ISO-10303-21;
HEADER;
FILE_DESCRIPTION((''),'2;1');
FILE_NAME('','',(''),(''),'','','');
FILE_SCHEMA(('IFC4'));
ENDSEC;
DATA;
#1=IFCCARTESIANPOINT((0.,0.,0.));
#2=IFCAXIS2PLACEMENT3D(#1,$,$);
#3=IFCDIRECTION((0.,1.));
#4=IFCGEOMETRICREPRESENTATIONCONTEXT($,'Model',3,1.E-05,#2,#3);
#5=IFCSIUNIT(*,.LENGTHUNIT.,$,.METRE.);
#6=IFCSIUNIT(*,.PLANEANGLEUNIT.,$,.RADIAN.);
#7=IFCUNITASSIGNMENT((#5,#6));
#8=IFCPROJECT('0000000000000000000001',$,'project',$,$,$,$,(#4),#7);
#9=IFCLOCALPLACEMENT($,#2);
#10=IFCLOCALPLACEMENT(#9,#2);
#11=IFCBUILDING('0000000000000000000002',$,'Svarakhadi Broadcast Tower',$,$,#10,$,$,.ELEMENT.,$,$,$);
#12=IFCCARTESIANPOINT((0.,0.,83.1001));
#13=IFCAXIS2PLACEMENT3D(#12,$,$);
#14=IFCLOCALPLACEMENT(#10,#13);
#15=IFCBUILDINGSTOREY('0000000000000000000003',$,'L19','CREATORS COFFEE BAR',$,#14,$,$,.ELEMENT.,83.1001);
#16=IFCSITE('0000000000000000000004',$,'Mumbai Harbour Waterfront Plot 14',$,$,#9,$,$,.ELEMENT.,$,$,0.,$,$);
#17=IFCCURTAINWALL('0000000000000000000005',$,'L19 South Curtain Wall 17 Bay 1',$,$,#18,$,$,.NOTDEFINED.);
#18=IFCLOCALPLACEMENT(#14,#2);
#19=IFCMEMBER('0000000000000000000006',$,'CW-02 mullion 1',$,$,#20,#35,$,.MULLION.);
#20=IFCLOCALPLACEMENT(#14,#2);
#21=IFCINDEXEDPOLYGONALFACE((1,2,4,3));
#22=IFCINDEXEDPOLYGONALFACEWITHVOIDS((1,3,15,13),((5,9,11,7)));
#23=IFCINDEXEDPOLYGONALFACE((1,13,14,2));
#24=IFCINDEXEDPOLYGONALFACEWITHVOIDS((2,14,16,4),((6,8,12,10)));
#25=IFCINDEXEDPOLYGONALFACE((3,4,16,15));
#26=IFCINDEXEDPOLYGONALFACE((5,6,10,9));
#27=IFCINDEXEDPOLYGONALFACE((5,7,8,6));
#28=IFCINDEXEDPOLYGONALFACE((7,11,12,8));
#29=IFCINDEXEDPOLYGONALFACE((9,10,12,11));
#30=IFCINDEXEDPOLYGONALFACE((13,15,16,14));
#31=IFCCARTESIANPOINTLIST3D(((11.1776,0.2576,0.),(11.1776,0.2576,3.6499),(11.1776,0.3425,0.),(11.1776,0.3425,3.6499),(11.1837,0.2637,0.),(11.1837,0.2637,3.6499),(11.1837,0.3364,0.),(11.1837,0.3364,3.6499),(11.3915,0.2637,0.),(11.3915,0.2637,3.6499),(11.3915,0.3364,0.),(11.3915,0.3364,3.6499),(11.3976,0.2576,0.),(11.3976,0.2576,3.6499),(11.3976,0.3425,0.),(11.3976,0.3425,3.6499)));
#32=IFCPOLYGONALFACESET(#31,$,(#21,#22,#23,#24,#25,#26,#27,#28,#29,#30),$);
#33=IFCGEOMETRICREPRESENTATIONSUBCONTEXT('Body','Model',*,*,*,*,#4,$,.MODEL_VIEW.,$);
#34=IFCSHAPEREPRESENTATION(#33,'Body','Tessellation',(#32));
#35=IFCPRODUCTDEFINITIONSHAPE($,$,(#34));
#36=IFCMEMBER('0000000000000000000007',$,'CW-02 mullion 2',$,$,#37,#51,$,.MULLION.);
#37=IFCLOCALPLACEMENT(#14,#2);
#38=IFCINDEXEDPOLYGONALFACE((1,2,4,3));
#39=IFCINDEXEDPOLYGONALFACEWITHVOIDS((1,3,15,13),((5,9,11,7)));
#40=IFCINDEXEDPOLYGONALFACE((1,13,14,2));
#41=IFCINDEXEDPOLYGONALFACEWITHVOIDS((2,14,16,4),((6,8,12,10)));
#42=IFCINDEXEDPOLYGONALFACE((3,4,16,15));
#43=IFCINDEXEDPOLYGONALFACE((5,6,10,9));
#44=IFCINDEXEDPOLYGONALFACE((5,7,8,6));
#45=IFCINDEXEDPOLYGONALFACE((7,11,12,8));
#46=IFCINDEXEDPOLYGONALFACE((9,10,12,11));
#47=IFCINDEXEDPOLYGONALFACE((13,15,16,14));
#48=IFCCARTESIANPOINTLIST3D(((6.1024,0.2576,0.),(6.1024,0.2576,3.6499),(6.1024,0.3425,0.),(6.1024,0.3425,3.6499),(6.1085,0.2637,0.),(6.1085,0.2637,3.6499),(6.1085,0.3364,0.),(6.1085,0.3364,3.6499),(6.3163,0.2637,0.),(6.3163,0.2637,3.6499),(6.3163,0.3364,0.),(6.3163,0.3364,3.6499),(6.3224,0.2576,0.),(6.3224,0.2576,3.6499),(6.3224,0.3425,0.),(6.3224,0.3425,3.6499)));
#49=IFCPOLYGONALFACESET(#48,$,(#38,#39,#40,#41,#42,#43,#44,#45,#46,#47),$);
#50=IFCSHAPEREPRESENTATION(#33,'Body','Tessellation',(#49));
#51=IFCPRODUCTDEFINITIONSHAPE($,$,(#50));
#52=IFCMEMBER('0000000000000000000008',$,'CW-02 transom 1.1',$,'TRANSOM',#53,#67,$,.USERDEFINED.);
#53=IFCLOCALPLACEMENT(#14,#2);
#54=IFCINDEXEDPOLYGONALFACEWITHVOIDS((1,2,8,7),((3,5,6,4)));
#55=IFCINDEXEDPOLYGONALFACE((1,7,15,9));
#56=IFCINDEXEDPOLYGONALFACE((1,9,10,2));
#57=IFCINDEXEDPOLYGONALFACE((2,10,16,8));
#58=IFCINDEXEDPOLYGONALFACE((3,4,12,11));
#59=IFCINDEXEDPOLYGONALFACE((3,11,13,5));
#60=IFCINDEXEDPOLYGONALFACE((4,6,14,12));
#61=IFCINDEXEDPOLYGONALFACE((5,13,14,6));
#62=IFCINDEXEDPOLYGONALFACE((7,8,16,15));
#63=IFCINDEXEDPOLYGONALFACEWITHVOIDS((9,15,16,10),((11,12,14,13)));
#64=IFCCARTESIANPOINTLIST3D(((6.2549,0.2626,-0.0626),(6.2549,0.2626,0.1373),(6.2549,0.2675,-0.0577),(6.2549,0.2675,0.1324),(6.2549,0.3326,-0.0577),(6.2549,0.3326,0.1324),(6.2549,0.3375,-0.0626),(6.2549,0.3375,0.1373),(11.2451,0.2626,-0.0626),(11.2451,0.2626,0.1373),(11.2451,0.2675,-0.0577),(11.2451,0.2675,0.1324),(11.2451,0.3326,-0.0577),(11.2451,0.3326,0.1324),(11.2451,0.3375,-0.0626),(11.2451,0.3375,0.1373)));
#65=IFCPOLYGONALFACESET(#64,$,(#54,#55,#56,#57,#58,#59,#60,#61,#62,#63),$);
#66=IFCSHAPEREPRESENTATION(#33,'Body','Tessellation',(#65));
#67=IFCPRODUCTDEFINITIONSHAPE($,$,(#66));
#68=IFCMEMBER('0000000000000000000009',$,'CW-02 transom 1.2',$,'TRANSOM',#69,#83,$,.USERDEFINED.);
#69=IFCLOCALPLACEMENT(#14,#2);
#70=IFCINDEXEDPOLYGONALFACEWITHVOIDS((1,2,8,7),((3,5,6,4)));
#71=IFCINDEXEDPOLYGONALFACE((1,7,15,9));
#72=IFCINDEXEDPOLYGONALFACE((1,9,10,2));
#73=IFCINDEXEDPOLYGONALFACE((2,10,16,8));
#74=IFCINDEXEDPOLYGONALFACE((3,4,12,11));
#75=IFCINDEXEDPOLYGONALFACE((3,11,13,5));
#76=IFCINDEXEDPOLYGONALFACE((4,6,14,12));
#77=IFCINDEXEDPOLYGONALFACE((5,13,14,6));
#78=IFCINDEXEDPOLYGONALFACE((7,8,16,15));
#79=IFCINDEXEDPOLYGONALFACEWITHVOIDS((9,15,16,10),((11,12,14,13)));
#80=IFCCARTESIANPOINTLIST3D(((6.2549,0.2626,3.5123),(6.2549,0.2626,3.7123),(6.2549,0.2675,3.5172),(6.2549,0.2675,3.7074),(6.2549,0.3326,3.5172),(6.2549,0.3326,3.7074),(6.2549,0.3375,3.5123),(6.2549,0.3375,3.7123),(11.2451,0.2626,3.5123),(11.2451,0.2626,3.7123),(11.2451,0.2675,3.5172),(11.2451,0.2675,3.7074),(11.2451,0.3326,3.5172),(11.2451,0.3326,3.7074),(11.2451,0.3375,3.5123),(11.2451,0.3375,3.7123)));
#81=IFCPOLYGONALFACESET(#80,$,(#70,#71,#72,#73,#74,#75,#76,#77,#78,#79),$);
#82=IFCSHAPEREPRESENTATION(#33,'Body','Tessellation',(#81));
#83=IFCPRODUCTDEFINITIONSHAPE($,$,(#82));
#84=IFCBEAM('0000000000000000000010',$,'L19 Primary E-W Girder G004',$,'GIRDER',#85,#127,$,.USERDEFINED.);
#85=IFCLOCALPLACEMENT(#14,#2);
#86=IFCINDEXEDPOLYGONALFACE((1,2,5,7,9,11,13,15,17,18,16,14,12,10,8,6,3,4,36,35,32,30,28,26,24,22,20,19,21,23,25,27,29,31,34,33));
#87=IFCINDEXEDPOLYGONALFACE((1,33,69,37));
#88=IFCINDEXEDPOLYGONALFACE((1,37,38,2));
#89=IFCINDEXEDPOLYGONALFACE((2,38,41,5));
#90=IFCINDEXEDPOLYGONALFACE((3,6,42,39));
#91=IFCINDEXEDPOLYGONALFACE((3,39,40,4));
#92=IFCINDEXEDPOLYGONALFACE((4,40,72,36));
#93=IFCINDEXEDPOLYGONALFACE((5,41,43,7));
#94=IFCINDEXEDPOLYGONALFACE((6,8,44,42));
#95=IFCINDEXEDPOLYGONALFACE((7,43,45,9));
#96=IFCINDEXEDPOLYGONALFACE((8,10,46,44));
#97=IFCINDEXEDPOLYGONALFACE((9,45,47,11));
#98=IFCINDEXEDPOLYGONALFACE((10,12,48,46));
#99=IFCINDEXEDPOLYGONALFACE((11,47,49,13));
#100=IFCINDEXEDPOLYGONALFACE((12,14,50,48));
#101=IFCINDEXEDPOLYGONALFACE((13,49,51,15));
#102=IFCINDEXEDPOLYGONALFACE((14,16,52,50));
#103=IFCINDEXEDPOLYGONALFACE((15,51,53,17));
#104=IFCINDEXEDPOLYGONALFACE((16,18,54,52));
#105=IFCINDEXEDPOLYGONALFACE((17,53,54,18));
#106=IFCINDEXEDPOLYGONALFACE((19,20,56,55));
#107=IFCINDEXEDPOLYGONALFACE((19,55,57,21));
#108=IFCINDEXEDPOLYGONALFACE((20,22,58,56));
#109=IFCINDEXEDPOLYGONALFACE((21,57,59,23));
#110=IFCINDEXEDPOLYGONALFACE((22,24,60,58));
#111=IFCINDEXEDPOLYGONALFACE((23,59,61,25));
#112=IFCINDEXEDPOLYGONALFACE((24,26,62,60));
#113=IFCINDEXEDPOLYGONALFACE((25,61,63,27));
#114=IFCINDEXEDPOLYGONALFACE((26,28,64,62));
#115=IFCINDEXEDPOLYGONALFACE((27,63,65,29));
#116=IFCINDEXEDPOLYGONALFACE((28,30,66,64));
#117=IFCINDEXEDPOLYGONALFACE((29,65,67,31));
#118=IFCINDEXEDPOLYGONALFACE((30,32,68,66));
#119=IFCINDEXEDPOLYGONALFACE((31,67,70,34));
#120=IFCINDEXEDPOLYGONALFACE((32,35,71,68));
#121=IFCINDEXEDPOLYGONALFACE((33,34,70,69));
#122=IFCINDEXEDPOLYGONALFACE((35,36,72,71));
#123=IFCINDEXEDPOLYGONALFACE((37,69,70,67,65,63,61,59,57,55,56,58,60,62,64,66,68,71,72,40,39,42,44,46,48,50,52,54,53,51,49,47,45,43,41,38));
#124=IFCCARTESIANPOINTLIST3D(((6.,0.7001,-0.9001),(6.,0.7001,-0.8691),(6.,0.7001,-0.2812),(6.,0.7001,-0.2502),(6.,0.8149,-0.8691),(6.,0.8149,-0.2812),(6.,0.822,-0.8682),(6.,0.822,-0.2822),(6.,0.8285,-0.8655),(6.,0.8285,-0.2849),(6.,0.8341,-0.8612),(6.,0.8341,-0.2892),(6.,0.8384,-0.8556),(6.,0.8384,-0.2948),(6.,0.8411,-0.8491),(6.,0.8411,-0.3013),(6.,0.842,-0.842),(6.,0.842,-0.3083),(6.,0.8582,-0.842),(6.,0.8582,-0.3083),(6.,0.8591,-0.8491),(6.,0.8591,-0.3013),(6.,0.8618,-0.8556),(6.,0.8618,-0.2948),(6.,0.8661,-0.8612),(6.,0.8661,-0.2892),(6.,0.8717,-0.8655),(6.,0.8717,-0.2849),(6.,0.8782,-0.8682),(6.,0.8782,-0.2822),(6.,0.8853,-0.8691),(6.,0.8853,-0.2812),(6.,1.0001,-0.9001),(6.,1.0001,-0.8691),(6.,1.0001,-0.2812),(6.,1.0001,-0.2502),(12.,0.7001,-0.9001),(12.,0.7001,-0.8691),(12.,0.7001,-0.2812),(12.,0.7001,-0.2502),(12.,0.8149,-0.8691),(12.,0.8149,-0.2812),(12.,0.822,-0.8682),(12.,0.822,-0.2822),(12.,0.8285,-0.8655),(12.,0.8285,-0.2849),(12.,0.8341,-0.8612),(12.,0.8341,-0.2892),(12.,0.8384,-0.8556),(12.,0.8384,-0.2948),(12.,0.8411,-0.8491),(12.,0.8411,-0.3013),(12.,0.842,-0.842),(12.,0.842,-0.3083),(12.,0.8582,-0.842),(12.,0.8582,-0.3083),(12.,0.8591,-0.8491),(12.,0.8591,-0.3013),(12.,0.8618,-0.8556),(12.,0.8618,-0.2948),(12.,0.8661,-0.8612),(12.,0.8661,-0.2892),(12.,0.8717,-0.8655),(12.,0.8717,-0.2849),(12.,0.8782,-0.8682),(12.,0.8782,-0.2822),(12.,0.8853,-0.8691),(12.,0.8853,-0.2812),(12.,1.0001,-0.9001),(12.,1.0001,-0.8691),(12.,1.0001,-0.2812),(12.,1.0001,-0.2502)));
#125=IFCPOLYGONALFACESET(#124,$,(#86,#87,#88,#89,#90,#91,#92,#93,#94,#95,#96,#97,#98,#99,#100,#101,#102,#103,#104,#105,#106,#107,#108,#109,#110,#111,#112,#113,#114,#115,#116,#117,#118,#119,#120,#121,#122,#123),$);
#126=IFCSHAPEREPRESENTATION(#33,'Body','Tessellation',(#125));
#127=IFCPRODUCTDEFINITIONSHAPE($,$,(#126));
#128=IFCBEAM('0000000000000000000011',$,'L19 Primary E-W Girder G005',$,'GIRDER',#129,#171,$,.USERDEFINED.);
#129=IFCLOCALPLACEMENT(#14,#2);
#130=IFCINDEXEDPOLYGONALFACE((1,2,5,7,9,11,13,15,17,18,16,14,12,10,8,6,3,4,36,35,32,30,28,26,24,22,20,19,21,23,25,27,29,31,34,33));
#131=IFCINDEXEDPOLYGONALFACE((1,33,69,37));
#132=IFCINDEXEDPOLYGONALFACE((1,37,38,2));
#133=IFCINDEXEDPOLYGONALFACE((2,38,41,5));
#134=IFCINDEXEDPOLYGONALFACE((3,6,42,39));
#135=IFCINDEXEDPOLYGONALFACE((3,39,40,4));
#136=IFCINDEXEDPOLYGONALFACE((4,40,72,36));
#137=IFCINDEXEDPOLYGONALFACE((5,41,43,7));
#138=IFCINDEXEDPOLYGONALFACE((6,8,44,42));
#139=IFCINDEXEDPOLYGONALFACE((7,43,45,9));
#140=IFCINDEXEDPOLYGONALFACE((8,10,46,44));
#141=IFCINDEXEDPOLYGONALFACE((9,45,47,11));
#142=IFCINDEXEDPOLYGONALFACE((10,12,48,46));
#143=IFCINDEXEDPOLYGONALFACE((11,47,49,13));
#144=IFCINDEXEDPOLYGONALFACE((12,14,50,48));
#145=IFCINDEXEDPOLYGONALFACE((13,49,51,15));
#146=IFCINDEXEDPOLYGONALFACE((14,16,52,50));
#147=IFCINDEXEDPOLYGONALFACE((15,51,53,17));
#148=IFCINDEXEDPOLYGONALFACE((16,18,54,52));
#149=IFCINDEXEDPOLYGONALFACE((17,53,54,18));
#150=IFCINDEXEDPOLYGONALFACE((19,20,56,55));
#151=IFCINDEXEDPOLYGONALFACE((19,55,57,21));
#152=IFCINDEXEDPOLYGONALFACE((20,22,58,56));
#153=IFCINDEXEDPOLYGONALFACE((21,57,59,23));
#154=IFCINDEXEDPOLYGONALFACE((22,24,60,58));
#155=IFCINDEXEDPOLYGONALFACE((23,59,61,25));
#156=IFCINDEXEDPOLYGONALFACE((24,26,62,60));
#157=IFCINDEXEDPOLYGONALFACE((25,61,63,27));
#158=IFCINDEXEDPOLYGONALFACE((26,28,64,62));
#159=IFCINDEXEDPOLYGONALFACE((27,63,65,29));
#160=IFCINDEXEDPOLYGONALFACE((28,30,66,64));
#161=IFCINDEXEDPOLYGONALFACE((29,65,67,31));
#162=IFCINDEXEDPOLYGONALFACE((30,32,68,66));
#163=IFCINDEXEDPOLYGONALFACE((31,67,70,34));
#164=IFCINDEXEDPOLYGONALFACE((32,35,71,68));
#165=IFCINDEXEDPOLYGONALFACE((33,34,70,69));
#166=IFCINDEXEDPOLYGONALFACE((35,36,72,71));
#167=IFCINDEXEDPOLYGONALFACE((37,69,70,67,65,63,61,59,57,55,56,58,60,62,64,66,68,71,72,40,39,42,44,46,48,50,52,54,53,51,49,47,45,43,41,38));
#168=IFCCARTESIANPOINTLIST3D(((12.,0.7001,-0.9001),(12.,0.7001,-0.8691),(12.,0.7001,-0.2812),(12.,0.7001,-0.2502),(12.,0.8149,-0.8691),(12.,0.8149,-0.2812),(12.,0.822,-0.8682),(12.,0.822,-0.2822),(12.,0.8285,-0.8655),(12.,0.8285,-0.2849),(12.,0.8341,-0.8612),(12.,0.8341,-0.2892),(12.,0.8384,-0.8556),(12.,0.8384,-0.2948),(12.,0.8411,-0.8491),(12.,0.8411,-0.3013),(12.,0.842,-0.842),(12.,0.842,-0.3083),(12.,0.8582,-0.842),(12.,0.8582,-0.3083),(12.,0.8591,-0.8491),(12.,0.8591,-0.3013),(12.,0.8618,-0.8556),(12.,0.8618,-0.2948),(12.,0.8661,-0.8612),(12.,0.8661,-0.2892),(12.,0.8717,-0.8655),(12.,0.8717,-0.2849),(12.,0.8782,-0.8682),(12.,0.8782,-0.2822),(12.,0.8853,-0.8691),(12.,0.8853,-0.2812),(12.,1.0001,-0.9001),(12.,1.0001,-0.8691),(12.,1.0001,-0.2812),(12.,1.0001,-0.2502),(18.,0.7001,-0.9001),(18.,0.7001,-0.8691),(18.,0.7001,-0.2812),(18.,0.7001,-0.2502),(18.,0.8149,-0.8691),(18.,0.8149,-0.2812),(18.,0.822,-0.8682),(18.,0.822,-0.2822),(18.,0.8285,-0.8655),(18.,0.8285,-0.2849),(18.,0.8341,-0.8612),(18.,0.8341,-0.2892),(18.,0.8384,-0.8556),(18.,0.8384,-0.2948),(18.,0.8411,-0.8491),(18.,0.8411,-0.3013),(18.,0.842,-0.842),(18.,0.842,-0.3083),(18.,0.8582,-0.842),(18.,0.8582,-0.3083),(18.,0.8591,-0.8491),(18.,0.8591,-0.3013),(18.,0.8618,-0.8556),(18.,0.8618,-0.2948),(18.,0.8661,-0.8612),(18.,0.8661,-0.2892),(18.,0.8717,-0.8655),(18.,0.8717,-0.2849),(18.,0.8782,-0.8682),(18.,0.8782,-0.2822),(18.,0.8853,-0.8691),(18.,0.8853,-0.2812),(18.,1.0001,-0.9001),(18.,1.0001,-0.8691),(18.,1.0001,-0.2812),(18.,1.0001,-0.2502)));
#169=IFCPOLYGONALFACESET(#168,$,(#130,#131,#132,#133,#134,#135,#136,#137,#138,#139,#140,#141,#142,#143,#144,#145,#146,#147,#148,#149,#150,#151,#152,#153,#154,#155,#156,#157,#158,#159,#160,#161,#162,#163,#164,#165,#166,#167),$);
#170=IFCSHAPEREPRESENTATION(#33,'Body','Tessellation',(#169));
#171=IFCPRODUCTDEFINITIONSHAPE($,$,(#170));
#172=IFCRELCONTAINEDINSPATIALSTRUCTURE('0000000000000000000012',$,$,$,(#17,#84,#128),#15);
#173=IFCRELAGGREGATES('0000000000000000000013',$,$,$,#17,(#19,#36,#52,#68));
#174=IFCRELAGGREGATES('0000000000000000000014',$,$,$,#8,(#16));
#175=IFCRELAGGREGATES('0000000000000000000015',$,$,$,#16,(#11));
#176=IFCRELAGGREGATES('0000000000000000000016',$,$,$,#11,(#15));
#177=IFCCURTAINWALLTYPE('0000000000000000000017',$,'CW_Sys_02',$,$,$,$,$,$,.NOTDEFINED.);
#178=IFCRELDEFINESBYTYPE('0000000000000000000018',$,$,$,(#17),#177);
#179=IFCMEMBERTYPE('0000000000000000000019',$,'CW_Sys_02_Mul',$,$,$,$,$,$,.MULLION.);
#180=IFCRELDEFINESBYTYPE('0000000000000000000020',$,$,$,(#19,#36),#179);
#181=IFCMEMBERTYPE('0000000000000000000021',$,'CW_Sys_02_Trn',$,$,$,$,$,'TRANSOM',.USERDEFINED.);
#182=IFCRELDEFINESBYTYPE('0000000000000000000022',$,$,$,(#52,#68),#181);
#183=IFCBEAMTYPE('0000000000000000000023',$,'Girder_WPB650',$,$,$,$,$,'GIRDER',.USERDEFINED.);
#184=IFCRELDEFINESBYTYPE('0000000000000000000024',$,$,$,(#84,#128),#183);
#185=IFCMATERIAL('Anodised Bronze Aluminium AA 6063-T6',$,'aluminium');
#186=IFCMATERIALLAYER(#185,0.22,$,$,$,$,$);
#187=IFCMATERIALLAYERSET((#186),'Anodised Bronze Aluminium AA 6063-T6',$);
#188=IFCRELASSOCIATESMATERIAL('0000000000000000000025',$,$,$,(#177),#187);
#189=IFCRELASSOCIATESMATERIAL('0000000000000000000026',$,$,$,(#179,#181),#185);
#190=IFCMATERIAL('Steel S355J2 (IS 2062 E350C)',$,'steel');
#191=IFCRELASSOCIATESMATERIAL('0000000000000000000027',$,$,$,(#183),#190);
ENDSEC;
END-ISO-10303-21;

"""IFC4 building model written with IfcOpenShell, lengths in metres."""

from ifc_helpers import new_model, si_unit, direction, frame, origin, origin_2d, place, context, subcontext, project, spatial, hollow_rectangle, i_section, extrude, material, layer, layer_set, material_profile, profile_set, type_object, element, aggregate, save


model = new_model("IFC4")

# Units and contexts
model_context = context("Model", 3, precision=1e-05, world=origin(), true_north=direction((0.0, 1.0)))
body_context = subcontext(model_context, "Body", "Model", "MODEL_VIEW")
ifc_project = project(units=[si_unit("LENGTHUNIT", "METRE"), si_unit("PLANEANGLEUNIT", "RADIAN")], contexts=[model_context])

# Site, building, storey
site_placement = place(None, origin())
site = spatial("IfcSite", under=ifc_project, at=site_placement, Name="Mumbai Harbour Waterfront Plot 14", CompositionType="ELEMENT", RefElevation=0.0)
building_placement = place(site_placement, origin())
building = spatial("IfcBuilding", under=site, at=building_placement, Name="Svarakhadi Broadcast Tower", CompositionType="ELEMENT")
storey_placement = place(building_placement, frame((0.0, 0.0, 83.1001)))
storey = spatial("IfcBuildingStorey", under=building, at=storey_placement, Name="L19", Description="CREATORS COFFEE BAR", CompositionType="ELEMENT", Elevation=83.1001)

# Shared definitions
ifc_material_1 = material(Name="Steel S355J2 (IS 2062 E350C)", Category="steel")

# Curtain wall, members
ifc_material_2 = material(Name="Anodised Bronze Aluminium AA 6063-T6", Category="aluminium")
ifc_layer_1 = layer(ifc_material_2, 0.22)
ifc_layer_set_1 = layer_set([ifc_layer_1], Name="Anodised Bronze Aluminium AA 6063-T6")
curtain_wall_type = type_object("IfcCurtainWallType", Name="CW_Sys_02", PredefinedType="NOTDEFINED", material=ifc_layer_set_1)
curtain_wall_placement = place(storey_placement, origin())
curtain_wall = element("IfcCurtainWall", 1, at=curtain_wall_placement, inside=storey, type_object=curtain_wall_type, Name="L19 South Curtain Wall 17 Bay 1", PredefinedType="NOTDEFINED")
ifc_material_profile_1 = material_profile(ifc_material_2, hollow_rectangle(XDim=0.085, YDim=0.22, WallThickness=0.0061, at=origin_2d()), Name="ALU MULLION 220x85x6")
ifc_profile_set_1 = profile_set([ifc_material_profile_1], Name="Anodised Bronze Aluminium AA 6063-T6")
member_type_1 = type_object("IfcMemberType", Name="CW_Sys_02_Mul", PredefinedType="MULLION", material=ifc_profile_set_1)
member_1_placement = place(storey_placement, frame((11.2876, 0.3, 0.0), z_axis=(0.0, 0.0, 1.0), x_axis=(0.0, -1.0, 0.0)))
member_1 = element("IfcMember", 2, at=member_1_placement, type_object=member_type_1, Name="CW-02 mullion 1", PredefinedType="MULLION", context=body_context, shape_type="SweptSolid", body=[
    extrude(hollow_rectangle(XDim=0.085, YDim=0.22, WallThickness=0.0061, at=origin_2d()), origin(), (0.0, 0.0, 1.0), 3.6499),
])
member_2_placement = place(storey_placement, frame((6.2124, 0.3, 0.0), z_axis=(0.0, 0.0, 1.0), x_axis=(0.0, -1.0, 0.0)))
member_2 = element("IfcMember", 3, at=member_2_placement, type_object=member_type_1, Name="CW-02 mullion 2", PredefinedType="MULLION", context=body_context, shape_type="SweptSolid", body=[
    extrude(hollow_rectangle(XDim=0.085, YDim=0.22, WallThickness=0.0061, at=origin_2d()), origin(), (0.0, 0.0, 1.0), 3.6499),
])
ifc_material_profile_2 = material_profile(ifc_material_2, hollow_rectangle(XDim=0.075, YDim=0.2, WallThickness=0.0049, at=origin_2d()), Name="ALU TRANSOM 200x75x5")
ifc_profile_set_2 = profile_set([ifc_material_profile_2], Name="Anodised Bronze Aluminium AA 6063-T6")
member_type_2 = type_object("IfcMemberType", Name="CW_Sys_02_Trn", ElementType="TRANSOM", PredefinedType="USERDEFINED", material=ifc_profile_set_2)
member_3_placement = place(storey_placement, frame((11.2451, 0.3, 0.0374), z_axis=(-1.0, 0.0, 0.0), x_axis=(0.0, -1.0, 0.0)))
member_3 = element("IfcMember", 4, at=member_3_placement, type_object=member_type_2, Name="CW-02 transom 1.1", ObjectType="TRANSOM", PredefinedType="USERDEFINED", context=body_context, shape_type="SweptSolid", body=[
    extrude(hollow_rectangle(XDim=0.075, YDim=0.2, WallThickness=0.0049, at=origin_2d()), origin(), (0.0, 0.0, 1.0), 4.9902),
])
member_4_placement = place(storey_placement, frame((11.2451, 0.3, 3.6123), z_axis=(-1.0, 0.0, 0.0), x_axis=(0.0, -1.0, 0.0)))
member_4 = element("IfcMember", 5, at=member_4_placement, type_object=member_type_2, Name="CW-02 transom 1.2", ObjectType="TRANSOM", PredefinedType="USERDEFINED", context=body_context, shape_type="SweptSolid", body=[
    extrude(hollow_rectangle(XDim=0.075, YDim=0.2, WallThickness=0.0049, at=origin_2d()), origin(), (0.0, 0.0, 1.0), 4.9902),
])

# Beams
ifc_material_profile_3 = material_profile(ifc_material_1, i_section(OverallWidth=0.3, OverallDepth=0.6499, WebThickness=0.0161, FlangeThickness=0.031, FilletRadius=0.0271, at=origin_2d()), Name="WPB 650x300x225")
ifc_profile_set_3 = profile_set([ifc_material_profile_3], Name="Steel S355J2 (IS 2062 E350C)")
beam_type_1 = type_object("IfcBeamType", Name="Girder_WPB650", ElementType="GIRDER", PredefinedType="USERDEFINED", material=ifc_profile_set_3)
for number, where, z_axis, x_axis, name in (
    (6, (6.0, 0.8501, -0.5752), (1.0, 0.0, 0.0), (0.0, 1.0, 0.0), "L19 Primary E-W Girder G004"),
    (7, (12.0, 0.8501, -0.5752), (1.0, 0.0, 0.0), (0.0, 1.0, 0.0), "L19 Primary E-W Girder G005"),
):
    element("IfcBeam", number, at=place(storey_placement, frame(where, z_axis=z_axis, x_axis=x_axis)), inside=storey, type_object=beam_type_1, Name=name, ObjectType="GIRDER", PredefinedType="USERDEFINED", context=body_context, shape_type="SweptSolid", body=[
        extrude(i_section(OverallWidth=0.3, OverallDepth=0.6499, WebThickness=0.0161, FlangeThickness=0.031, FilletRadius=0.0271, at=origin_2d()), origin(), (0.0, 0.0, 1.0), 6.0),
    ])

aggregate(curtain_wall, [member_1, member_2, member_3, member_4])

save(model, "model.ifc")
